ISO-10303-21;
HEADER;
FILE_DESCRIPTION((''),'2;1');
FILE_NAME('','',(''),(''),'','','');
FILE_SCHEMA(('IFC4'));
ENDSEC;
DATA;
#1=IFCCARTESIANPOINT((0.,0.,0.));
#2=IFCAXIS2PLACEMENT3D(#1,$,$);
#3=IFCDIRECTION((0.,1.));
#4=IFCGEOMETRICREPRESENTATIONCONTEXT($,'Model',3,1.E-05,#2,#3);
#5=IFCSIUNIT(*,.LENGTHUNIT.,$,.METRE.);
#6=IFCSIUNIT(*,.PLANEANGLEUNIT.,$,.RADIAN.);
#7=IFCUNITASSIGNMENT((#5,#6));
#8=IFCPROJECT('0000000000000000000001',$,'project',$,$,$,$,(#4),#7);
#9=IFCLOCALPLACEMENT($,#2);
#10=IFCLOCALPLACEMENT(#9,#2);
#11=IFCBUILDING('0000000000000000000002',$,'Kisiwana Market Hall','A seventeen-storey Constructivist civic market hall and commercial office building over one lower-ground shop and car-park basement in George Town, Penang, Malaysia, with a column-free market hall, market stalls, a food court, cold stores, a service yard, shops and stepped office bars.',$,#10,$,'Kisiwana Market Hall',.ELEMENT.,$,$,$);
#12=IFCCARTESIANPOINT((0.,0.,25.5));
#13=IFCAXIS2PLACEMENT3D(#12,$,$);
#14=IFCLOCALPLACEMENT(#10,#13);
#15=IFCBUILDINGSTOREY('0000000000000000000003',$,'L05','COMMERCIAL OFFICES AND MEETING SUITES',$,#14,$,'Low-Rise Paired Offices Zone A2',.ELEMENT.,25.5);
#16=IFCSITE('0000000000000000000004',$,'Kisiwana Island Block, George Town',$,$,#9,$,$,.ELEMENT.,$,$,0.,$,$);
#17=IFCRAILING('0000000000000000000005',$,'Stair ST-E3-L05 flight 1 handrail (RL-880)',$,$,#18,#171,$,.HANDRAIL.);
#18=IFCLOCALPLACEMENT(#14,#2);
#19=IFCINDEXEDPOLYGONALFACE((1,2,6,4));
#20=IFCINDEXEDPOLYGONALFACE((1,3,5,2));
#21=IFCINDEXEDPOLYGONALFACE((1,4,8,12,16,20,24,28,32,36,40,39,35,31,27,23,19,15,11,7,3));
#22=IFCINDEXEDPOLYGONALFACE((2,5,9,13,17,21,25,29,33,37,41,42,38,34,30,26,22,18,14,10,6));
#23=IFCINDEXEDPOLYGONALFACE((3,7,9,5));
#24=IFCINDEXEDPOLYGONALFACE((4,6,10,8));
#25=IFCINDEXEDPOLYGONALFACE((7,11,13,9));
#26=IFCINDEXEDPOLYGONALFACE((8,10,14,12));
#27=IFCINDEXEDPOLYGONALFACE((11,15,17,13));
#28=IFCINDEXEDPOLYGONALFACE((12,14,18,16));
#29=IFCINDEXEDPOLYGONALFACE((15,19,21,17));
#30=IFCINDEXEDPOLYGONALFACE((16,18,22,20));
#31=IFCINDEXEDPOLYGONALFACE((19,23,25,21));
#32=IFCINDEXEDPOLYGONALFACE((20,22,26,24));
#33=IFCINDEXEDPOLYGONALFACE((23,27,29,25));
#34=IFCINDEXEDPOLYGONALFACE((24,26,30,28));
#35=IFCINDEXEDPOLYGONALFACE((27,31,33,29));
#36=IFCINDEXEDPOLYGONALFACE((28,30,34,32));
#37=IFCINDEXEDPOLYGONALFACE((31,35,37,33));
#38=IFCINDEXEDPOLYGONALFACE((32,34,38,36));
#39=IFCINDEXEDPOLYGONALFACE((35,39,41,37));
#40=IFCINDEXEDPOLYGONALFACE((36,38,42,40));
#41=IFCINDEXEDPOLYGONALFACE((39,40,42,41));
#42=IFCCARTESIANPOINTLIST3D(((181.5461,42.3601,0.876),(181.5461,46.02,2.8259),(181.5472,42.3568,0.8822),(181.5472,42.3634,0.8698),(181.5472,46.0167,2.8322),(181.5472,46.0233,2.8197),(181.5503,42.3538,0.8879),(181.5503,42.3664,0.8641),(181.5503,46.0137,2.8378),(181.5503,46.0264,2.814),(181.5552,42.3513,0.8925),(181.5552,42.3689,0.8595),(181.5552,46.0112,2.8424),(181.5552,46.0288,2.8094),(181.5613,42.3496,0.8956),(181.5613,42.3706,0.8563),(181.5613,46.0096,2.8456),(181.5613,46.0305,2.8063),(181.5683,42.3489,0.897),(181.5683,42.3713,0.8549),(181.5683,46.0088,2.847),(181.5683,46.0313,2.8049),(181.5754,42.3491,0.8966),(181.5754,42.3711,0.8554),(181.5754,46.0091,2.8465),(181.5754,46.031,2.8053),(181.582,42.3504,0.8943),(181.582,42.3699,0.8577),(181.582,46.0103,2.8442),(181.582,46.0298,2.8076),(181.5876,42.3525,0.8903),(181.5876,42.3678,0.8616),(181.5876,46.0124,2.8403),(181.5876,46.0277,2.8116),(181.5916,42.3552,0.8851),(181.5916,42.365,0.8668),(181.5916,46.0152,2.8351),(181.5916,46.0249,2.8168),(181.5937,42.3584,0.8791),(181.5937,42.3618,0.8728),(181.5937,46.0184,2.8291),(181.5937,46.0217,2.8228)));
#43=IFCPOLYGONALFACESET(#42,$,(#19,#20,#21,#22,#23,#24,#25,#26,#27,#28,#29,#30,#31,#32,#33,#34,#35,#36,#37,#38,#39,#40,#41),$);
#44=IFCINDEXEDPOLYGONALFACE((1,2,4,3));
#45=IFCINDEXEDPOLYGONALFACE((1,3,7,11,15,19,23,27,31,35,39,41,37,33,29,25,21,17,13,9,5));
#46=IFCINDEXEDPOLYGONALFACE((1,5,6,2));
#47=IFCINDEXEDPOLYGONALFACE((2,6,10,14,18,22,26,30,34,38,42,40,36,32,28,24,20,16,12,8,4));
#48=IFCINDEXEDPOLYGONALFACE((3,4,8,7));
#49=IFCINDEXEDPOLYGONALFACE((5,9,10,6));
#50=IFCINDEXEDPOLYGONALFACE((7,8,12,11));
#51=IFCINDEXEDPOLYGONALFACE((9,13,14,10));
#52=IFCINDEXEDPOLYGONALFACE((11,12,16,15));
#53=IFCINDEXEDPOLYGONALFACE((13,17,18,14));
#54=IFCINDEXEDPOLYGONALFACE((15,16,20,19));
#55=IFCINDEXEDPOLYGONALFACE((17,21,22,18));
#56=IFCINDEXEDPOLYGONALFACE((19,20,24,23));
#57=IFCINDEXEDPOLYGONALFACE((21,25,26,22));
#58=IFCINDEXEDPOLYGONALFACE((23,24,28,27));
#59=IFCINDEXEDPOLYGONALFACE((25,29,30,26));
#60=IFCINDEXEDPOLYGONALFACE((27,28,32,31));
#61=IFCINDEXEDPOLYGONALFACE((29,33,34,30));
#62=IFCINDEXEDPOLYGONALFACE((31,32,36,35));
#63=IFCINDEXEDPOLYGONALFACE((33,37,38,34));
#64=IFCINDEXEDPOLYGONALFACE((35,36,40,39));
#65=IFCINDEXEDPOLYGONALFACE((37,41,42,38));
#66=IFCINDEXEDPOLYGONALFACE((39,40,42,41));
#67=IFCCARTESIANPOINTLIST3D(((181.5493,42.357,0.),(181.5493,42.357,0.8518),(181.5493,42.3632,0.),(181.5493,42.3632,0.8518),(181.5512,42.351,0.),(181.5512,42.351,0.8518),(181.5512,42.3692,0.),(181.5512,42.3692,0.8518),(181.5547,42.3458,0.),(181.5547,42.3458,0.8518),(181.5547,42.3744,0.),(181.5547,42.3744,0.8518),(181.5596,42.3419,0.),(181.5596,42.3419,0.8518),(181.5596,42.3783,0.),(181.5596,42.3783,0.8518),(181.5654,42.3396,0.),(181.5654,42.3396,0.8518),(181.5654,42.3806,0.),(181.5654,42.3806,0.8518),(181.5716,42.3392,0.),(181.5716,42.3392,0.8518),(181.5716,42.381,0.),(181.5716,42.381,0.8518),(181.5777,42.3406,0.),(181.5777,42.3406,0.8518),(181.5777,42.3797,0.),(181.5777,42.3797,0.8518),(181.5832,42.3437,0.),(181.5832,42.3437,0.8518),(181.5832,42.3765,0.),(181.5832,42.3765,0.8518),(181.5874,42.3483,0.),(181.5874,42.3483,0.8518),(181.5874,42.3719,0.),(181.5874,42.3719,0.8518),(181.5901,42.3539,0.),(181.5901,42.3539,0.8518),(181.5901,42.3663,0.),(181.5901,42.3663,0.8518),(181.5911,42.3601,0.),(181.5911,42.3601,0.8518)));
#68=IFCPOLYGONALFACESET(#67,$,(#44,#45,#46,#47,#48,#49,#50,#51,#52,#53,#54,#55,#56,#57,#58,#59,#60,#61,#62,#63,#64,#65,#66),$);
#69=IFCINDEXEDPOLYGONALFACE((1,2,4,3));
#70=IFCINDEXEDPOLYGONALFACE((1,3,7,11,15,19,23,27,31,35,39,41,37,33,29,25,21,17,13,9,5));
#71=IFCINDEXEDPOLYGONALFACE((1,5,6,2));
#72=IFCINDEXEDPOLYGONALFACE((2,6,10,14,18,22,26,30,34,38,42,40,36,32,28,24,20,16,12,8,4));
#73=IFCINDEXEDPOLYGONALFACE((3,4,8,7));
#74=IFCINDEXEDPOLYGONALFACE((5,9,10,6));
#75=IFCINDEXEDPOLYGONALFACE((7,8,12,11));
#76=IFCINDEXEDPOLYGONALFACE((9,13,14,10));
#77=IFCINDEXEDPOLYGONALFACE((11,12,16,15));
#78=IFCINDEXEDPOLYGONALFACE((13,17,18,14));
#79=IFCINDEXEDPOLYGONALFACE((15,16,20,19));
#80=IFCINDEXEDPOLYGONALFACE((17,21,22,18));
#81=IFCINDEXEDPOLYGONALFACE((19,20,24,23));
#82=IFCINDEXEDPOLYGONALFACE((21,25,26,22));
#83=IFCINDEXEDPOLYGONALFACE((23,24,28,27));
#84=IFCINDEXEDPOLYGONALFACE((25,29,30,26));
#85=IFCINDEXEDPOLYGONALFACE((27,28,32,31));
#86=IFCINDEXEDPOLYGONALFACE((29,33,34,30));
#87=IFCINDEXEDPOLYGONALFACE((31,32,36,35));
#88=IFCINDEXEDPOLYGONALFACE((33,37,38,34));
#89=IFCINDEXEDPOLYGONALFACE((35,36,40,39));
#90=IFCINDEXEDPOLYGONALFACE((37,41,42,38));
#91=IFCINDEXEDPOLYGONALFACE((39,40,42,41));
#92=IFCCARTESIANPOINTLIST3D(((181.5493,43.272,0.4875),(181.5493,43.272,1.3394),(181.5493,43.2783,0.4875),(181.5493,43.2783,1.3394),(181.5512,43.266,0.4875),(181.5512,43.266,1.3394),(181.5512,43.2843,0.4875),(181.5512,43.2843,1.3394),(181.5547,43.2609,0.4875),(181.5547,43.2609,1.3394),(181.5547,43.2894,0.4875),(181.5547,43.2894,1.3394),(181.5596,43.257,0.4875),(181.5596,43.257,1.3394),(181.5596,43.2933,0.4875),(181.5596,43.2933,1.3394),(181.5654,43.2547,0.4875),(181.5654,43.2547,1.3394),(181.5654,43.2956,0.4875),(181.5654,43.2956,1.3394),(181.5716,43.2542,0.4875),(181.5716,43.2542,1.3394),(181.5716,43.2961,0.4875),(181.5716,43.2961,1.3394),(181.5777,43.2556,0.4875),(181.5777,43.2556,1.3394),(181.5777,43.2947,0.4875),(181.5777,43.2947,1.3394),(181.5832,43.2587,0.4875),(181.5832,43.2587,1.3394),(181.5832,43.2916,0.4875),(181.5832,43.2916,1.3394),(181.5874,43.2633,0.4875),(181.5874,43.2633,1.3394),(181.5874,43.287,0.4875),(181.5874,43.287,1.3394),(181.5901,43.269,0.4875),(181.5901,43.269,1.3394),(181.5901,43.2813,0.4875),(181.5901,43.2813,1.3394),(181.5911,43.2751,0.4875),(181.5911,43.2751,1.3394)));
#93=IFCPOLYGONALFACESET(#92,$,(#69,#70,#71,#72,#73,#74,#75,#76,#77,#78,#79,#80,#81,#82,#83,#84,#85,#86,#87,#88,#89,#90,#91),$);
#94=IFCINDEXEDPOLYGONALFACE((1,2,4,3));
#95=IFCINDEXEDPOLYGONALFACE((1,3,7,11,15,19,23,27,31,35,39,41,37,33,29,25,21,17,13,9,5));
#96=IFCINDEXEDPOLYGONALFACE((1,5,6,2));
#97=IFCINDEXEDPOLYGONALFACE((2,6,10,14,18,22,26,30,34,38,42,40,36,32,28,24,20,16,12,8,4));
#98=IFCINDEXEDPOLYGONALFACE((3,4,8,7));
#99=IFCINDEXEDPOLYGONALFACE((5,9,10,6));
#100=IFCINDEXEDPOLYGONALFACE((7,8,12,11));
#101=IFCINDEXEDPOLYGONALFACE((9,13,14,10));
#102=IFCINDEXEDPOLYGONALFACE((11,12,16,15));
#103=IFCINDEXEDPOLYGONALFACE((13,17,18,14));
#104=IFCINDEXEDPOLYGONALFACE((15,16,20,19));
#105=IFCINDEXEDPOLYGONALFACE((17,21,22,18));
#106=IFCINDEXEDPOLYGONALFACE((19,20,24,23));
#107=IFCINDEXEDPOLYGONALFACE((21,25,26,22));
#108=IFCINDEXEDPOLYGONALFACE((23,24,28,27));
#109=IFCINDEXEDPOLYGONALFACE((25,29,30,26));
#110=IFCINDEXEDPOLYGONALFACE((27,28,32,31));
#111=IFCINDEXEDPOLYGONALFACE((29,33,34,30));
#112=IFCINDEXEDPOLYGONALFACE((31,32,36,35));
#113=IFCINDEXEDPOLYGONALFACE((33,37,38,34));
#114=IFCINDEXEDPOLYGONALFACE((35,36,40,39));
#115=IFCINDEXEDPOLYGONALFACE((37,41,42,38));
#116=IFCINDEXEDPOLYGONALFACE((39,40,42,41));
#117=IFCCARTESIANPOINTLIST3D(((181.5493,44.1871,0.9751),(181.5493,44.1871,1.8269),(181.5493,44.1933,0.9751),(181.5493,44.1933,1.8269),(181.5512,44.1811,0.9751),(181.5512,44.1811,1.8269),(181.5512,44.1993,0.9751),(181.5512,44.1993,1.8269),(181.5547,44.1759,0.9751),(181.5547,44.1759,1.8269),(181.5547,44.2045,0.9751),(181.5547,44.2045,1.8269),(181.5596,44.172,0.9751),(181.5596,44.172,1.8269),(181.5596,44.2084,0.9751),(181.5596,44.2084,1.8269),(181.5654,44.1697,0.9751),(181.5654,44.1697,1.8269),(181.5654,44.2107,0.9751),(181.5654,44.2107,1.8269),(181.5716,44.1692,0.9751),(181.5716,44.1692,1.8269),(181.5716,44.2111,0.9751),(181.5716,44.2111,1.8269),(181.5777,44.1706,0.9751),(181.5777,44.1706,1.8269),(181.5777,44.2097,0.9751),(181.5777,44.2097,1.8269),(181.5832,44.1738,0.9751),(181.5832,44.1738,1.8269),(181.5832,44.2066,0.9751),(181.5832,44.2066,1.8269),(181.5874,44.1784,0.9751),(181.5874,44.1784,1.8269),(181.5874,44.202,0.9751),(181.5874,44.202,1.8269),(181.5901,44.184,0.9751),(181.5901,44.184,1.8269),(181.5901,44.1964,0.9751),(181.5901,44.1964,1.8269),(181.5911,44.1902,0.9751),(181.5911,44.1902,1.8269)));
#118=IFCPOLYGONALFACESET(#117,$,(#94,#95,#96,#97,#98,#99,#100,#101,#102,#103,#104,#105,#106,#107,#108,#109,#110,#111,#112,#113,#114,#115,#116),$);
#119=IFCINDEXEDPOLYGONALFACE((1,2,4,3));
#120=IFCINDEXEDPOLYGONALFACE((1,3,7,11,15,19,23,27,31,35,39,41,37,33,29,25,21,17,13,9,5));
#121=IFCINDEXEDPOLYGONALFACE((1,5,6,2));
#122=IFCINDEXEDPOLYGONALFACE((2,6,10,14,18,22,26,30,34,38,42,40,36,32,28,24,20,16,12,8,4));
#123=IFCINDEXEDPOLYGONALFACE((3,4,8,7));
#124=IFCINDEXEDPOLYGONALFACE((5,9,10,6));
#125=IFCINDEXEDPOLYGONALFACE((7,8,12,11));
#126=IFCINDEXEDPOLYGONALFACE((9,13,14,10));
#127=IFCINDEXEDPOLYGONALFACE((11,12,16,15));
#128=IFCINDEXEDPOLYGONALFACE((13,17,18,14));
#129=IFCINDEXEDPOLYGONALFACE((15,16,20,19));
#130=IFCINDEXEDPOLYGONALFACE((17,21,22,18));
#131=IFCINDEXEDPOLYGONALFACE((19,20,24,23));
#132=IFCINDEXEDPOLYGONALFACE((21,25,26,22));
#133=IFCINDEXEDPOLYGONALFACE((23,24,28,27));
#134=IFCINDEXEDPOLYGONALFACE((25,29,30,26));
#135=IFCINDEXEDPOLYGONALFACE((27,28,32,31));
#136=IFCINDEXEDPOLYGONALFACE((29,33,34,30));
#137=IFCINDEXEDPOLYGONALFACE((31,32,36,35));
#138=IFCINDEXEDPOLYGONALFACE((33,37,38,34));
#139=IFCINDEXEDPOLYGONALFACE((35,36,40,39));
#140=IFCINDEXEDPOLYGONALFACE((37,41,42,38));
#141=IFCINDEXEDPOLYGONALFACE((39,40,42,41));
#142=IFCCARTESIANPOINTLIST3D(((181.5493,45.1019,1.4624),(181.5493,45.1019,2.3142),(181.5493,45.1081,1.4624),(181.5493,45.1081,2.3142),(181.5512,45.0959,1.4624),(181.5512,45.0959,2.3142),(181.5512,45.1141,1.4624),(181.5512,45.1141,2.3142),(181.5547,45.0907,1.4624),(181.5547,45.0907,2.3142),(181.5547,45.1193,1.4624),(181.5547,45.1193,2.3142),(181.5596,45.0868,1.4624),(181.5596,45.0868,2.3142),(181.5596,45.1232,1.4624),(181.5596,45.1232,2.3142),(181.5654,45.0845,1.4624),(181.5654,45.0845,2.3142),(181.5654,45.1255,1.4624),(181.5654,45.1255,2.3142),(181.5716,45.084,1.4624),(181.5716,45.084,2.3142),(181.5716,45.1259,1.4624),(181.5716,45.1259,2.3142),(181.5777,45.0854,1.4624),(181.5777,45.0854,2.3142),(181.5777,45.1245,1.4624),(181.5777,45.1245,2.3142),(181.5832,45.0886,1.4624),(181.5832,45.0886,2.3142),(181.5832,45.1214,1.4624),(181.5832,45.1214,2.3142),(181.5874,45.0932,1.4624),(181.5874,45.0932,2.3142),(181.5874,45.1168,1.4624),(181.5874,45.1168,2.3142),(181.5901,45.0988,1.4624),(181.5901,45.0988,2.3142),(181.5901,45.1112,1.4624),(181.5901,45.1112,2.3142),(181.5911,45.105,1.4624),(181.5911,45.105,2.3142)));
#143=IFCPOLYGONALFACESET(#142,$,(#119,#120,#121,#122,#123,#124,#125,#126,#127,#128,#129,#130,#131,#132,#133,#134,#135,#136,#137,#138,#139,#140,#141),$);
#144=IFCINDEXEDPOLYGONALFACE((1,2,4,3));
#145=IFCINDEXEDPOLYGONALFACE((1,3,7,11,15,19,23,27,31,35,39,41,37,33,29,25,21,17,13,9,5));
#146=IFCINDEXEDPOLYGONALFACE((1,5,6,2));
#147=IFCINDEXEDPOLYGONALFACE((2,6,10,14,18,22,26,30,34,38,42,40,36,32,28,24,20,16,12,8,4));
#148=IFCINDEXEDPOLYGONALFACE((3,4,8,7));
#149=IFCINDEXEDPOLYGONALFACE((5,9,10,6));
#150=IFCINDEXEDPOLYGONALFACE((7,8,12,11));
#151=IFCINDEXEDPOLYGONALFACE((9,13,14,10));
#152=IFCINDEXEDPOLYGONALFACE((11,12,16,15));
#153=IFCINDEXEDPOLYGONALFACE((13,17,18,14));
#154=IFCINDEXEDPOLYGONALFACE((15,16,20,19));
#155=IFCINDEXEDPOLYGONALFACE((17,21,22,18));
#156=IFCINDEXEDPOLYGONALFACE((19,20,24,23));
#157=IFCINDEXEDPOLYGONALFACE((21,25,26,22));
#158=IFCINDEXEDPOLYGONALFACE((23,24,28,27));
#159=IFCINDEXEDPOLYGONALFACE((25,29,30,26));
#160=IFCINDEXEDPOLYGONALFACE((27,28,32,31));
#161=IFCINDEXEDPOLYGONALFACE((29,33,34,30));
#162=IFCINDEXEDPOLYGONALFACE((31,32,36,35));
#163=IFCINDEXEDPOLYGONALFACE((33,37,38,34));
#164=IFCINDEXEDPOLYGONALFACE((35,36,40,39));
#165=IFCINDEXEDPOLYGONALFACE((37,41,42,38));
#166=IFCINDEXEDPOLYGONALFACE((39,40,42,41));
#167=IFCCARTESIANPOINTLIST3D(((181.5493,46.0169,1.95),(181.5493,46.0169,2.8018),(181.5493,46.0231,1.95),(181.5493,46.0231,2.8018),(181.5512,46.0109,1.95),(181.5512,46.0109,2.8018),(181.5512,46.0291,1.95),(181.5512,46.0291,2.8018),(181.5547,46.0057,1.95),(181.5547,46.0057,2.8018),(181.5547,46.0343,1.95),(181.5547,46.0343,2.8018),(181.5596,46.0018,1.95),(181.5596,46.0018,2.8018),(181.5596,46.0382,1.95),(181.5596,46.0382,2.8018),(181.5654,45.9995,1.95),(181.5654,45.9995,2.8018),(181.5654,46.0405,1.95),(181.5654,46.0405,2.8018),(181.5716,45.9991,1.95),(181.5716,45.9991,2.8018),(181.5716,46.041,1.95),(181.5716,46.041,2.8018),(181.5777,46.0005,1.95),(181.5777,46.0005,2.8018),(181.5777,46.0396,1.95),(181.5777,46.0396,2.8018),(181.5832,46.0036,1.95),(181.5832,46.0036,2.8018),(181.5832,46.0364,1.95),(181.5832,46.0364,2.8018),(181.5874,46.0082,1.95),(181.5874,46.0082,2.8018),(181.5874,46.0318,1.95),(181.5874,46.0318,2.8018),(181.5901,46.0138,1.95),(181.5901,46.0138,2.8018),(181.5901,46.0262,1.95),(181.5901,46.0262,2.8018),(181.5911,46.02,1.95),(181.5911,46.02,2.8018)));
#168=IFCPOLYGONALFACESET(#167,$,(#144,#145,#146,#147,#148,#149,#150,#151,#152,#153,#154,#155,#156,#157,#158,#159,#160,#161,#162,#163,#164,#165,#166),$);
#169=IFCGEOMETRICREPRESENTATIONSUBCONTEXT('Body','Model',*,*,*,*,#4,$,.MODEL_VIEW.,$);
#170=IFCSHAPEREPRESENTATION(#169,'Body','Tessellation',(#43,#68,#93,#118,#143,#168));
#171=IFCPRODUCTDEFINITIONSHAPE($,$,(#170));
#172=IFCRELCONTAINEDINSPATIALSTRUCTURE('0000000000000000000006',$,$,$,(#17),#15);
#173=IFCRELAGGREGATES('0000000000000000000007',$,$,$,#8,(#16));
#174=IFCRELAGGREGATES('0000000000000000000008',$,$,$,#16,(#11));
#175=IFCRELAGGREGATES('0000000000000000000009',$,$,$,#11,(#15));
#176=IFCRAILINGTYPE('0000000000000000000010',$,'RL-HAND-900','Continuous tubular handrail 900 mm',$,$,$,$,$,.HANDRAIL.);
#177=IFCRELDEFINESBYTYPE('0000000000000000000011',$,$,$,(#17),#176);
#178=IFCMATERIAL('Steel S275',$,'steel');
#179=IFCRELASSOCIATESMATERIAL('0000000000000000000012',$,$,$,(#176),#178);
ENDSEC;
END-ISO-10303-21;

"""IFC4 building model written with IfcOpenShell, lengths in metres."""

from ifc_helpers import new_model, si_unit, direction, frame, origin, origin_2d, place, context, subcontext, project, spatial, circle, extrude, material, type_object, element, save


model = new_model("IFC4")

# Units and contexts
model_context = context("Model", 3, precision=1e-05, world=origin(), true_north=direction((0.0, 1.0)))
body_context = subcontext(model_context, "Body", "Model", "MODEL_VIEW")
ifc_project = project(units=[si_unit("LENGTHUNIT", "METRE"), si_unit("PLANEANGLEUNIT", "RADIAN")], contexts=[model_context])

# Site, building, storey
site_placement = place(None, origin())
site = spatial("IfcSite", under=ifc_project, at=site_placement, Name="Kisiwana Island Block, George Town", CompositionType="ELEMENT", RefElevation=0.0)
building_placement = place(site_placement, origin())
building = spatial("IfcBuilding", under=site, at=building_placement, Name="Kisiwana Market Hall", Description="A seventeen-storey Constructivist civic market hall and commercial office building over one lower-ground shop and car-park basement in George Town, Penang, Malaysia, with a column-free market hall, market stalls, a food court, cold stores, a service yard, shops and stepped office bars.", LongName="Kisiwana Market Hall", CompositionType="ELEMENT")
storey_placement = place(building_placement, frame((0.0, 0.0, 25.5)))
storey = spatial("IfcBuildingStorey", under=building, at=storey_placement, Name="L05", Description="COMMERCIAL OFFICES AND MEETING SUITES", LongName="Low-Rise Paired Offices Zone A2", CompositionType="ELEMENT", Elevation=25.5)

# Railing
ifc_material_1 = material(Name="Steel S275", Category="steel")
railing_type_1 = type_object("IfcRailingType", Name="RL-HAND-900", Description="Continuous tubular handrail 900 mm", PredefinedType="HANDRAIL", material=ifc_material_1)
railing_1_placement = place(storey_placement, frame((181.5701, 42.3601, 0.0)))
element("IfcRailing", 1, at=railing_1_placement, inside=storey, type_object=railing_type_1, Name="Stair ST-E3-L05 flight 1 handrail (RL-880)", PredefinedType="HANDRAIL", context=body_context, shape_type="SweptSolid", body=[
    extrude(circle(Radius=0.0239, at=origin_2d()), frame((0.0, 0.0, 0.876), z_axis=(0.0, 0.882553, 0.470212), x_axis=(-1.0, 0.0, 0.0)), (0.0, 0.0, 1.0), 4.147),
    extrude(circle(Radius=0.021, at=origin_2d()), origin(), (0.0, 0.0, 1.0), 0.8518),
    extrude(circle(Radius=0.021, at=origin_2d()), frame((0.0, 0.915, 0.4875)), (0.0, 0.0, 1.0), 0.8518),
    extrude(circle(Radius=0.021, at=origin_2d()), frame((0.0, 1.8301, 0.9751)), (0.0, 0.0, 1.0), 0.8518),
    extrude(circle(Radius=0.021, at=origin_2d()), frame((0.0, 2.7449, 1.4624)), (0.0, 0.0, 1.0), 0.8518),
    extrude(circle(Radius=0.021, at=origin_2d()), frame((0.0, 3.6599, 1.95)), (0.0, 0.0, 1.0), 0.8518),
])

save(model, "model.ifc")
